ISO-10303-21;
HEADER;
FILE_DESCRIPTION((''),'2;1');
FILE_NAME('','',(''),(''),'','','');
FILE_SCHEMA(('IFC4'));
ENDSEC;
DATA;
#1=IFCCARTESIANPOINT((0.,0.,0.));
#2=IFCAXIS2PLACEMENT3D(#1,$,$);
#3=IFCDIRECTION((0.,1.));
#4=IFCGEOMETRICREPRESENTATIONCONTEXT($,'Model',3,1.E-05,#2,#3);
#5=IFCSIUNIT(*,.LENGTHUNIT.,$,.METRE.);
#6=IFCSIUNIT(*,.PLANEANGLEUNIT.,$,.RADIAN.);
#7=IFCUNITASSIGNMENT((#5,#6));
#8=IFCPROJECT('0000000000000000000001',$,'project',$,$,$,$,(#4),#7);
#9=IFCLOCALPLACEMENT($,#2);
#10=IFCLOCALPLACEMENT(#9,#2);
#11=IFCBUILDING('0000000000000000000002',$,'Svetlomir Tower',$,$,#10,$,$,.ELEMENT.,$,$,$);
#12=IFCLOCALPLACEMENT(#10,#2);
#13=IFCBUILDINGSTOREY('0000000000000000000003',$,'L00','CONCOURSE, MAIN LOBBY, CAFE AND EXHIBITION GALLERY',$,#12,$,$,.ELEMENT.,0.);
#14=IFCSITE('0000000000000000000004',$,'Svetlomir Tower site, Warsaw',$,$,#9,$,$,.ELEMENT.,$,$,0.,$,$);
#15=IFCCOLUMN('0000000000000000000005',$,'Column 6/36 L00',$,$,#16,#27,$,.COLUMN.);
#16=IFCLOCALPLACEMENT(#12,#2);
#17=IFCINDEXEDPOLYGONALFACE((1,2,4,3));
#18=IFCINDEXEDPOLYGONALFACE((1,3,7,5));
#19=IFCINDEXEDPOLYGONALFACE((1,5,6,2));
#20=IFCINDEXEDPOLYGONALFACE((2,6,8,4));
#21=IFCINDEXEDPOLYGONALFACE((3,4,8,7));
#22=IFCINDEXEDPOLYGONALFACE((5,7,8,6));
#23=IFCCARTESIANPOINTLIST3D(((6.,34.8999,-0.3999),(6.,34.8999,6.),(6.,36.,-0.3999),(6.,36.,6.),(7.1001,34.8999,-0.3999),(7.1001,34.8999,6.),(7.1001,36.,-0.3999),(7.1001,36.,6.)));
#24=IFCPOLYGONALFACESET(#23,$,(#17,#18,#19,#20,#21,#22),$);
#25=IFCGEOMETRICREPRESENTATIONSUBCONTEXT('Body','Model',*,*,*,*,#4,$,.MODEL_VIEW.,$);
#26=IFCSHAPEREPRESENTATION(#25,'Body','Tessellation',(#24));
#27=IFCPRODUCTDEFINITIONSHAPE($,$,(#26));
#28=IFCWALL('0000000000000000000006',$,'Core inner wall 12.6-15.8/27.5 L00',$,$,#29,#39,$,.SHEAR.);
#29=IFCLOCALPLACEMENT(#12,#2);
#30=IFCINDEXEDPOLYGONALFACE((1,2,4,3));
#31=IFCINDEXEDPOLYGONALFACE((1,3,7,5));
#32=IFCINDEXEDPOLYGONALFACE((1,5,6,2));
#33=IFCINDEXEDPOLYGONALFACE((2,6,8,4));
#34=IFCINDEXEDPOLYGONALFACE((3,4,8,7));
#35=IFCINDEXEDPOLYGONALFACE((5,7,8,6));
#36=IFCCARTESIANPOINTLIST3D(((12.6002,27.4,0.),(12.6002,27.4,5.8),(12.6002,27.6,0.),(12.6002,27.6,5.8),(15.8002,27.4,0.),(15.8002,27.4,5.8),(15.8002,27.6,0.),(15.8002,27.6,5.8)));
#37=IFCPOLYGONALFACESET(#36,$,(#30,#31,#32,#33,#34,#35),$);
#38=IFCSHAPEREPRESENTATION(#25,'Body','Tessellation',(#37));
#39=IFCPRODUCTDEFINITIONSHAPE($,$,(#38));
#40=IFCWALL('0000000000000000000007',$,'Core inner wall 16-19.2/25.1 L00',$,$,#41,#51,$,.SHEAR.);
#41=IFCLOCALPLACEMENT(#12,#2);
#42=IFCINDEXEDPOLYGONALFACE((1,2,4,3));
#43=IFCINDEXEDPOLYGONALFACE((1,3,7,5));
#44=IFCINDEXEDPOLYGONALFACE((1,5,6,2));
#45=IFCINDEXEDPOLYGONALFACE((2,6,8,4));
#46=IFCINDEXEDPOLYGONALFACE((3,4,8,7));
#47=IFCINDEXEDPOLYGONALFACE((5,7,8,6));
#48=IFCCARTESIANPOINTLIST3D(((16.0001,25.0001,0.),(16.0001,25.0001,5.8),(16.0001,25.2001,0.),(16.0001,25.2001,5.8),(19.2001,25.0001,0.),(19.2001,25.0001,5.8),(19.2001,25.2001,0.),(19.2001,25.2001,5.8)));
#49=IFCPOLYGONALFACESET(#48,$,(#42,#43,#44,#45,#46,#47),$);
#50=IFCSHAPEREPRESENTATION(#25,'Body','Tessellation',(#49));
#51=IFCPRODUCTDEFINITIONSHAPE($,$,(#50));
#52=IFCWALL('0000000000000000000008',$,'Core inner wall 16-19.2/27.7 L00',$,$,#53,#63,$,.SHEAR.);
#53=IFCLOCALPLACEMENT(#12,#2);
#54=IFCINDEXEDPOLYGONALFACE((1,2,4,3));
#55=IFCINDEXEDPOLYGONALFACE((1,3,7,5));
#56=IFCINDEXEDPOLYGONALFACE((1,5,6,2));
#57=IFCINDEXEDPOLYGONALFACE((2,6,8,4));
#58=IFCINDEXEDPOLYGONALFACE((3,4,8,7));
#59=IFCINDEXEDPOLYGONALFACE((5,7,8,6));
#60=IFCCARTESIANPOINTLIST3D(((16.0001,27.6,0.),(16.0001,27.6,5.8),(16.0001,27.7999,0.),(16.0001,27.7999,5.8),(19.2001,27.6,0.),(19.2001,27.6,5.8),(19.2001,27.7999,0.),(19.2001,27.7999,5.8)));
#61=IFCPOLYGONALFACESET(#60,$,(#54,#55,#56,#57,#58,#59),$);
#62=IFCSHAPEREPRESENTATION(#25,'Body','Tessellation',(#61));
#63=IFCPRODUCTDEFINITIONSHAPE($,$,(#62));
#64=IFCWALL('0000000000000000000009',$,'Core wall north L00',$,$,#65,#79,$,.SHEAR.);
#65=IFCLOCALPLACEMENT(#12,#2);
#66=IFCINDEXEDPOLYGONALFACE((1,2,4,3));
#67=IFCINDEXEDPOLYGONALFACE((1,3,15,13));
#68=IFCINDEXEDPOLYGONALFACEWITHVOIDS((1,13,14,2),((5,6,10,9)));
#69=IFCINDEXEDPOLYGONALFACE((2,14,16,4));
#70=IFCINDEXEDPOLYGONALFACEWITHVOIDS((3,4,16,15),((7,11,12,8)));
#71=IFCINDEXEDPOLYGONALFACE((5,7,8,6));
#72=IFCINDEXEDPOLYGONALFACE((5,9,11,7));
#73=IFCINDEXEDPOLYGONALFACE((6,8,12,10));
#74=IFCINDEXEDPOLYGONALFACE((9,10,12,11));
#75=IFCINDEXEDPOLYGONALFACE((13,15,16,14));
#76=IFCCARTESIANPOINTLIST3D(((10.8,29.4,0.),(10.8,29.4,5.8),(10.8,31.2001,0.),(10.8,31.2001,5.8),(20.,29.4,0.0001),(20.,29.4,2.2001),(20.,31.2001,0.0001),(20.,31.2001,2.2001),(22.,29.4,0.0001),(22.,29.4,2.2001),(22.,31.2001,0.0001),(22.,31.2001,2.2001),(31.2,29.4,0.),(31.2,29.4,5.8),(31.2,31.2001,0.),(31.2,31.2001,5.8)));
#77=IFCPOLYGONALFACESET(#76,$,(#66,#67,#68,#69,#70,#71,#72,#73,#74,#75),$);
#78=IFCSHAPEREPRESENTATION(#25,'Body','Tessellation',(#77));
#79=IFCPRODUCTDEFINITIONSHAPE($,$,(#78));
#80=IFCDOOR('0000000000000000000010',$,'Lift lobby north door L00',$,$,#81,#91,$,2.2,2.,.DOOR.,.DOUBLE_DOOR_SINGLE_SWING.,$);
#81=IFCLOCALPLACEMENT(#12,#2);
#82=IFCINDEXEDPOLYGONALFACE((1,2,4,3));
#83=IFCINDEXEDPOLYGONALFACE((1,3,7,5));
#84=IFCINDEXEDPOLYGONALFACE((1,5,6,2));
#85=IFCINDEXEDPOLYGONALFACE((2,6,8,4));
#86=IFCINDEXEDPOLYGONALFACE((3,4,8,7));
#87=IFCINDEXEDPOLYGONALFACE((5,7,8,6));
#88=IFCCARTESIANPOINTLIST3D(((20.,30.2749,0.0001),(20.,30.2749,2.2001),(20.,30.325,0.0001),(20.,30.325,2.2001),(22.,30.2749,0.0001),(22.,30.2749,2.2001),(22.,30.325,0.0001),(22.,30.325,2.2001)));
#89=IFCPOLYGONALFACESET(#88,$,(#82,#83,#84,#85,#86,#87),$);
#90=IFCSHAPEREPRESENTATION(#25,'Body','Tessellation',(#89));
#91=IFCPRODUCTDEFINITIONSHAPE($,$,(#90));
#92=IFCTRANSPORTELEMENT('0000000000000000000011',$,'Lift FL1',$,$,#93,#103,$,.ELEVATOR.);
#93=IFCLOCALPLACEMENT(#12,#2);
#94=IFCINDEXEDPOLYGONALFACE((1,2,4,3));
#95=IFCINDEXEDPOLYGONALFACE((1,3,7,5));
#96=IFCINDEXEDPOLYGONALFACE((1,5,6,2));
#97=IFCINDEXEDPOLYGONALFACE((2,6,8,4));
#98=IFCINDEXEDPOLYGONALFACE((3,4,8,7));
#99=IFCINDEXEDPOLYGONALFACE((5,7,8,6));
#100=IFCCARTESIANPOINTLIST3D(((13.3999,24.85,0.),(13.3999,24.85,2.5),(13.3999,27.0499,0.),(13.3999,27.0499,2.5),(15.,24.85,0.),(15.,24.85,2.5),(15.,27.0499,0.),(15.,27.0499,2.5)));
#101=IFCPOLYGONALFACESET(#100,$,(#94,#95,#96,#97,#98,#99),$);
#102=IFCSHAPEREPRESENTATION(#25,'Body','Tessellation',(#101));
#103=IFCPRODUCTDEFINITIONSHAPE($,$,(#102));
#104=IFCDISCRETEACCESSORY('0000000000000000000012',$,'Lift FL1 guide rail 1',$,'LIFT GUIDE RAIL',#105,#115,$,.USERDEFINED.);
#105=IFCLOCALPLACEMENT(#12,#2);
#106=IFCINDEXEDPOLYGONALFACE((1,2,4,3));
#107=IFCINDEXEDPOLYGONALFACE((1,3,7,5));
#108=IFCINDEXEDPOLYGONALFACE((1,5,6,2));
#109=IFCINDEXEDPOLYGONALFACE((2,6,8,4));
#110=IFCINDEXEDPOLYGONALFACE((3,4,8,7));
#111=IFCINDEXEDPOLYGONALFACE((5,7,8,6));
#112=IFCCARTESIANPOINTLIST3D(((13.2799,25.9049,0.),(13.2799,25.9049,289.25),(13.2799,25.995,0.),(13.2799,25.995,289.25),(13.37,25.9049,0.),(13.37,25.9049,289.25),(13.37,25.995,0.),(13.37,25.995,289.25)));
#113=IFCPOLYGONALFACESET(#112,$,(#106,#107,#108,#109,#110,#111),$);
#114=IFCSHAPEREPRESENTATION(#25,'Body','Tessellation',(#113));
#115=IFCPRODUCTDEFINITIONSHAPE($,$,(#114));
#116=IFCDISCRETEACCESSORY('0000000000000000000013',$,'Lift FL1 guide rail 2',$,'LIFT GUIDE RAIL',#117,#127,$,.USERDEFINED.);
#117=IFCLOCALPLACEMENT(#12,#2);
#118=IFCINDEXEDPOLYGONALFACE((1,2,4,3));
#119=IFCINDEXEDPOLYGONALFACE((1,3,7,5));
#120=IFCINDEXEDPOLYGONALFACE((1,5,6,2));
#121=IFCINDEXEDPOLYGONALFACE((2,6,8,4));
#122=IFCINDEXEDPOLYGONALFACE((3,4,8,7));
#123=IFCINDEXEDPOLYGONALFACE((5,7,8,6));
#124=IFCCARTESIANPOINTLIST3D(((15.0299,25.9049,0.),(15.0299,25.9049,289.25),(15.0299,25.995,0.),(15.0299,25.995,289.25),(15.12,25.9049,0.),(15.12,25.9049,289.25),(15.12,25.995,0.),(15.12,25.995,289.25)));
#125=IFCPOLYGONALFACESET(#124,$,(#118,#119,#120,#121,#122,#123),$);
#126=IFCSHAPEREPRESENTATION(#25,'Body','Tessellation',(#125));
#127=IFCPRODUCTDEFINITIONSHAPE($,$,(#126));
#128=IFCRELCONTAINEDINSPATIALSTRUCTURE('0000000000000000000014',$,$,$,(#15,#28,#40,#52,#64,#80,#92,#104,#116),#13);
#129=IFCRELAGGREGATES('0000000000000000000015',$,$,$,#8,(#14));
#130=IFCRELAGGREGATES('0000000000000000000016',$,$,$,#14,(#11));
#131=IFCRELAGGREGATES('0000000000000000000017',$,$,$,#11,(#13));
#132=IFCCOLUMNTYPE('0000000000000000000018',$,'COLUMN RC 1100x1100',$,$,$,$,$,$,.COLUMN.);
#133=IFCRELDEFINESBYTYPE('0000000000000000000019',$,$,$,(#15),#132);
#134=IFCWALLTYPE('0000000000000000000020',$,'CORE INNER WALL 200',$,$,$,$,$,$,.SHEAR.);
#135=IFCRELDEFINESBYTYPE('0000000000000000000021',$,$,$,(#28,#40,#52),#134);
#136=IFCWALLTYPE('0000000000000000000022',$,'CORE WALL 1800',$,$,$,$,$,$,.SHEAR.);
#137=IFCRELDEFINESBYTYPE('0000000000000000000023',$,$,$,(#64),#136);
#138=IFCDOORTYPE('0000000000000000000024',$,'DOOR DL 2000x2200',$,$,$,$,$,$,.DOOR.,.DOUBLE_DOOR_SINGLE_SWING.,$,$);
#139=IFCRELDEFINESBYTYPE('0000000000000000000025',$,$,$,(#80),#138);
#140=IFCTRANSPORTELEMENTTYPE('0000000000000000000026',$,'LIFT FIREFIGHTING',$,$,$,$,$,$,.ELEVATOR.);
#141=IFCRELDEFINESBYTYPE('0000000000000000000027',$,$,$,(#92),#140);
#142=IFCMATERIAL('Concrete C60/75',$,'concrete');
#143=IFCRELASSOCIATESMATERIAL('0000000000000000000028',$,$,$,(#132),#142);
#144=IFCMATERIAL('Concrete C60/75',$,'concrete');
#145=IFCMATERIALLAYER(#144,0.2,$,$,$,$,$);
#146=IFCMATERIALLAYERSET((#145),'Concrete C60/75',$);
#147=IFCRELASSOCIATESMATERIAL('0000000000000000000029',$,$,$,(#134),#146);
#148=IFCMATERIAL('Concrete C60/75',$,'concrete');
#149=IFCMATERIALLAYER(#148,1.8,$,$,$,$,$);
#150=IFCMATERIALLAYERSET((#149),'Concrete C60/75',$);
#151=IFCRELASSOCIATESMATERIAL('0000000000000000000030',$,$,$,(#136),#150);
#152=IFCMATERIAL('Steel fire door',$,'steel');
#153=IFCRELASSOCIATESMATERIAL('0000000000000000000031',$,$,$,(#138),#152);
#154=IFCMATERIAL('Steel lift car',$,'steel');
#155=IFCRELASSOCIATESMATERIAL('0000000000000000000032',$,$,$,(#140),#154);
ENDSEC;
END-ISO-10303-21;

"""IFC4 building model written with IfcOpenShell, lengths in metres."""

from ifc_helpers import new_model, si_unit, direction, frame, frame_2d, origin, origin_2d, place, context, subcontext, project, spatial, rectangle, extrude, material, layer, layer_set, material_profile, profile_set, type_object, element, fill, save


model = new_model("IFC4")

# Units and contexts
model_context = context("Model", 3, precision=1e-05, world=origin(), true_north=direction((0.0, 1.0)))
body_context = subcontext(model_context, "Body", "Model", "MODEL_VIEW")
ifc_project = project(units=[si_unit("LENGTHUNIT", "METRE"), si_unit("PLANEANGLEUNIT", "RADIAN")], contexts=[model_context])

# Site, building, storey
site_placement = place(None, origin())
site = spatial("IfcSite", under=ifc_project, at=site_placement, Name="Svetlomir Tower site, Warsaw", CompositionType="ELEMENT", RefElevation=0.0)
building_placement = place(site_placement, origin())
building = spatial("IfcBuilding", under=site, at=building_placement, Name="Svetlomir Tower", CompositionType="ELEMENT")
storey_placement = place(building_placement, origin())
storey = spatial("IfcBuildingStorey", under=building, at=storey_placement, Name="L00", Description="CONCOURSE, MAIN LOBBY, CAFE AND EXHIBITION GALLERY", CompositionType="ELEMENT", Elevation=0.0)

# Column
ifc_material_1 = material(Name="Concrete C60/75", Category="concrete")
ifc_material_profile_1 = material_profile(ifc_material_1, rectangle(XDim=1.1001, YDim=1.1001, at=origin_2d()), Name="RC 1100x1100")
ifc_profile_set_1 = profile_set([ifc_material_profile_1], Name="Concrete C60/75")
column_type = type_object("IfcColumnType", Name="COLUMN RC 1100x1100", PredefinedType="COLUMN", material=ifc_profile_set_1)
column_placement = place(storey_placement, frame((6.55, 35.45, -0.3999), z_axis=(0.0, 0.0, 1.0), x_axis=(1.0, 0.0, 0.0)))
element("IfcColumn", 1, at=column_placement, inside=storey, type_object=column_type, Name="Column 6/36 L00", PredefinedType="COLUMN", context=body_context, shape_type="SweptSolid", body=[
    extrude(rectangle(XDim=1.1001, YDim=1.1001, at=origin_2d()), origin(), (0.0, 0.0, 1.0), 6.3999),
])

# Walls
ifc_material_2 = material(Name="Concrete C60/75", Category="concrete")
ifc_layer_1 = layer(ifc_material_2, 0.2)
ifc_layer_set_1 = layer_set([ifc_layer_1], Name="Concrete C60/75")
wall_type_1 = type_object("IfcWallType", Name="CORE INNER WALL 200", PredefinedType="SHEAR", material=ifc_layer_set_1)
for number, where, z_axis, x_axis, name in (
    (2, (12.6001, 27.5, 0.0), (0.0, 0.0, 1.0), (1.0, 0.0, 0.0), "Core inner wall 12.6-15.8/27.5 L00"),
    (3, (16.0, 25.1001, 0.0), (0.0, 0.0, 1.0), (1.0, 0.0, 0.0), "Core inner wall 16-19.2/25.1 L00"),
    (4, (16.0, 27.7, 0.0), (0.0, 0.0, 1.0), (1.0, 0.0, 0.0), "Core inner wall 16-19.2/27.7 L00"),
):
    element("IfcWall", number, at=place(storey_placement, frame(where, z_axis=z_axis, x_axis=x_axis)), inside=storey, type_object=wall_type_1, Name=name, PredefinedType="SHEAR", context=body_context, shape_type="SweptSolid", body=[
        extrude(rectangle(XDim=3.2, YDim=0.2, at=frame_2d((1.6001, 0.0))), origin(), (0.0, 0.0, 1.0), 5.8),
    ])

# Wall, opening, door
ifc_material_3 = material(Name="Concrete C60/75", Category="concrete")
ifc_layer_2 = layer(ifc_material_3, 1.8)
ifc_layer_set_2 = layer_set([ifc_layer_2], Name="Concrete C60/75")
wall_type_2 = type_object("IfcWallType", Name="CORE WALL 1800", PredefinedType="SHEAR", material=ifc_layer_set_2)
wall_placement = place(storey_placement, frame((10.8, 30.3, 0.0), z_axis=(0.0, 0.0, 1.0), x_axis=(1.0, 0.0, 0.0)))
wall = element("IfcWall", 5, at=wall_placement, inside=storey, type_object=wall_type_2, Name="Core wall north L00", PredefinedType="SHEAR", context=body_context, shape_type="SweptSolid", body=[
    extrude(rectangle(XDim=20.3999, YDim=1.8, at=frame_2d((10.2, 0.0))), origin(), (0.0, 0.0, 1.0), 5.8),
])
opening_placement = place(wall_placement, frame((9.2, 0.0, 0.0)))
opening = element("IfcOpeningElement", 6, at=opening_placement, cuts=wall, PredefinedType="OPENING", context=body_context, shape_type="SweptSolid", body=[
    extrude(rectangle(XDim=2.0, YDim=2.2, at=frame_2d((1.0, 1.1001))), frame((0.0, 0.9102, 0.0), z_axis=(0.0, -1.0, 0.0), x_axis=(1.0, 0.0, 0.0)), (0.0, 0.0, 1.0), 1.8201),
])
ifc_material_4 = material(Name="Steel fire door", Category="steel")
door_type = type_object("IfcDoorType", Name="DOOR DL 2000x2200", OperationType="DOUBLE_DOOR_SINGLE_SWING", PredefinedType="DOOR", material=ifc_material_4)
door_placement = place(opening_placement, origin())
door = element("IfcDoor", 7, at=door_placement, inside=storey, type_object=door_type, Name="Lift lobby north door L00", OperationType="DOUBLE_DOOR_SINGLE_SWING", OverallHeight=2.2, OverallWidth=2.0, PredefinedType="DOOR", context=body_context, shape_type="SweptSolid", body=[
    extrude(rectangle(XDim=2.0, YDim=2.2, at=frame_2d((1.0, 1.1001))), frame((0.0, 0.0249, 0.0), z_axis=(0.0, -1.0, 0.0), x_axis=(1.0, 0.0, 0.0)), (0.0, 0.0, 1.0), 0.05),
])
fill(opening, door)

# Transport element
ifc_material_5 = material(Name="Steel lift car", Category="steel")
transport_element_type = type_object("IfcTransportElementType", Name="LIFT FIREFIGHTING", PredefinedType="ELEVATOR", material=ifc_material_5)
transport_element_placement = place(storey_placement, frame((14.2, 25.95, 0.0), z_axis=(0.0, 0.0, 1.0), x_axis=(1.0, 0.0, 0.0)))
element("IfcTransportElement", 8, at=transport_element_placement, inside=storey, type_object=transport_element_type, Name="Lift FL1", PredefinedType="ELEVATOR", context=body_context, shape_type="SweptSolid", body=[
    extrude(rectangle(XDim=1.6001, YDim=2.2, at=origin_2d()), origin(), (0.0, 0.0, 1.0), 2.5),
])

# Discrete accessories
for number, where, z_axis, x_axis, name in (
    (9, (13.325, 25.95, 0.0), (0.0, 0.0, 1.0), (1.0, 0.0, 0.0), "Lift FL1 guide rail 1"),
    (10, (15.075, 25.95, 0.0), (0.0, 0.0, 1.0), (1.0, 0.0, 0.0), "Lift FL1 guide rail 2"),
):
    element("IfcDiscreteAccessory", number, at=place(storey_placement, frame(where, z_axis=z_axis, x_axis=x_axis)), inside=storey, Name=name, ObjectType="LIFT GUIDE RAIL", PredefinedType="USERDEFINED", context=body_context, shape_type="SweptSolid", body=[
        extrude(rectangle(XDim=0.0901, YDim=0.0901, at=origin_2d()), origin(), (0.0, 0.0, 1.0), 289.25),
    ])

save(model, "model.ifc")
